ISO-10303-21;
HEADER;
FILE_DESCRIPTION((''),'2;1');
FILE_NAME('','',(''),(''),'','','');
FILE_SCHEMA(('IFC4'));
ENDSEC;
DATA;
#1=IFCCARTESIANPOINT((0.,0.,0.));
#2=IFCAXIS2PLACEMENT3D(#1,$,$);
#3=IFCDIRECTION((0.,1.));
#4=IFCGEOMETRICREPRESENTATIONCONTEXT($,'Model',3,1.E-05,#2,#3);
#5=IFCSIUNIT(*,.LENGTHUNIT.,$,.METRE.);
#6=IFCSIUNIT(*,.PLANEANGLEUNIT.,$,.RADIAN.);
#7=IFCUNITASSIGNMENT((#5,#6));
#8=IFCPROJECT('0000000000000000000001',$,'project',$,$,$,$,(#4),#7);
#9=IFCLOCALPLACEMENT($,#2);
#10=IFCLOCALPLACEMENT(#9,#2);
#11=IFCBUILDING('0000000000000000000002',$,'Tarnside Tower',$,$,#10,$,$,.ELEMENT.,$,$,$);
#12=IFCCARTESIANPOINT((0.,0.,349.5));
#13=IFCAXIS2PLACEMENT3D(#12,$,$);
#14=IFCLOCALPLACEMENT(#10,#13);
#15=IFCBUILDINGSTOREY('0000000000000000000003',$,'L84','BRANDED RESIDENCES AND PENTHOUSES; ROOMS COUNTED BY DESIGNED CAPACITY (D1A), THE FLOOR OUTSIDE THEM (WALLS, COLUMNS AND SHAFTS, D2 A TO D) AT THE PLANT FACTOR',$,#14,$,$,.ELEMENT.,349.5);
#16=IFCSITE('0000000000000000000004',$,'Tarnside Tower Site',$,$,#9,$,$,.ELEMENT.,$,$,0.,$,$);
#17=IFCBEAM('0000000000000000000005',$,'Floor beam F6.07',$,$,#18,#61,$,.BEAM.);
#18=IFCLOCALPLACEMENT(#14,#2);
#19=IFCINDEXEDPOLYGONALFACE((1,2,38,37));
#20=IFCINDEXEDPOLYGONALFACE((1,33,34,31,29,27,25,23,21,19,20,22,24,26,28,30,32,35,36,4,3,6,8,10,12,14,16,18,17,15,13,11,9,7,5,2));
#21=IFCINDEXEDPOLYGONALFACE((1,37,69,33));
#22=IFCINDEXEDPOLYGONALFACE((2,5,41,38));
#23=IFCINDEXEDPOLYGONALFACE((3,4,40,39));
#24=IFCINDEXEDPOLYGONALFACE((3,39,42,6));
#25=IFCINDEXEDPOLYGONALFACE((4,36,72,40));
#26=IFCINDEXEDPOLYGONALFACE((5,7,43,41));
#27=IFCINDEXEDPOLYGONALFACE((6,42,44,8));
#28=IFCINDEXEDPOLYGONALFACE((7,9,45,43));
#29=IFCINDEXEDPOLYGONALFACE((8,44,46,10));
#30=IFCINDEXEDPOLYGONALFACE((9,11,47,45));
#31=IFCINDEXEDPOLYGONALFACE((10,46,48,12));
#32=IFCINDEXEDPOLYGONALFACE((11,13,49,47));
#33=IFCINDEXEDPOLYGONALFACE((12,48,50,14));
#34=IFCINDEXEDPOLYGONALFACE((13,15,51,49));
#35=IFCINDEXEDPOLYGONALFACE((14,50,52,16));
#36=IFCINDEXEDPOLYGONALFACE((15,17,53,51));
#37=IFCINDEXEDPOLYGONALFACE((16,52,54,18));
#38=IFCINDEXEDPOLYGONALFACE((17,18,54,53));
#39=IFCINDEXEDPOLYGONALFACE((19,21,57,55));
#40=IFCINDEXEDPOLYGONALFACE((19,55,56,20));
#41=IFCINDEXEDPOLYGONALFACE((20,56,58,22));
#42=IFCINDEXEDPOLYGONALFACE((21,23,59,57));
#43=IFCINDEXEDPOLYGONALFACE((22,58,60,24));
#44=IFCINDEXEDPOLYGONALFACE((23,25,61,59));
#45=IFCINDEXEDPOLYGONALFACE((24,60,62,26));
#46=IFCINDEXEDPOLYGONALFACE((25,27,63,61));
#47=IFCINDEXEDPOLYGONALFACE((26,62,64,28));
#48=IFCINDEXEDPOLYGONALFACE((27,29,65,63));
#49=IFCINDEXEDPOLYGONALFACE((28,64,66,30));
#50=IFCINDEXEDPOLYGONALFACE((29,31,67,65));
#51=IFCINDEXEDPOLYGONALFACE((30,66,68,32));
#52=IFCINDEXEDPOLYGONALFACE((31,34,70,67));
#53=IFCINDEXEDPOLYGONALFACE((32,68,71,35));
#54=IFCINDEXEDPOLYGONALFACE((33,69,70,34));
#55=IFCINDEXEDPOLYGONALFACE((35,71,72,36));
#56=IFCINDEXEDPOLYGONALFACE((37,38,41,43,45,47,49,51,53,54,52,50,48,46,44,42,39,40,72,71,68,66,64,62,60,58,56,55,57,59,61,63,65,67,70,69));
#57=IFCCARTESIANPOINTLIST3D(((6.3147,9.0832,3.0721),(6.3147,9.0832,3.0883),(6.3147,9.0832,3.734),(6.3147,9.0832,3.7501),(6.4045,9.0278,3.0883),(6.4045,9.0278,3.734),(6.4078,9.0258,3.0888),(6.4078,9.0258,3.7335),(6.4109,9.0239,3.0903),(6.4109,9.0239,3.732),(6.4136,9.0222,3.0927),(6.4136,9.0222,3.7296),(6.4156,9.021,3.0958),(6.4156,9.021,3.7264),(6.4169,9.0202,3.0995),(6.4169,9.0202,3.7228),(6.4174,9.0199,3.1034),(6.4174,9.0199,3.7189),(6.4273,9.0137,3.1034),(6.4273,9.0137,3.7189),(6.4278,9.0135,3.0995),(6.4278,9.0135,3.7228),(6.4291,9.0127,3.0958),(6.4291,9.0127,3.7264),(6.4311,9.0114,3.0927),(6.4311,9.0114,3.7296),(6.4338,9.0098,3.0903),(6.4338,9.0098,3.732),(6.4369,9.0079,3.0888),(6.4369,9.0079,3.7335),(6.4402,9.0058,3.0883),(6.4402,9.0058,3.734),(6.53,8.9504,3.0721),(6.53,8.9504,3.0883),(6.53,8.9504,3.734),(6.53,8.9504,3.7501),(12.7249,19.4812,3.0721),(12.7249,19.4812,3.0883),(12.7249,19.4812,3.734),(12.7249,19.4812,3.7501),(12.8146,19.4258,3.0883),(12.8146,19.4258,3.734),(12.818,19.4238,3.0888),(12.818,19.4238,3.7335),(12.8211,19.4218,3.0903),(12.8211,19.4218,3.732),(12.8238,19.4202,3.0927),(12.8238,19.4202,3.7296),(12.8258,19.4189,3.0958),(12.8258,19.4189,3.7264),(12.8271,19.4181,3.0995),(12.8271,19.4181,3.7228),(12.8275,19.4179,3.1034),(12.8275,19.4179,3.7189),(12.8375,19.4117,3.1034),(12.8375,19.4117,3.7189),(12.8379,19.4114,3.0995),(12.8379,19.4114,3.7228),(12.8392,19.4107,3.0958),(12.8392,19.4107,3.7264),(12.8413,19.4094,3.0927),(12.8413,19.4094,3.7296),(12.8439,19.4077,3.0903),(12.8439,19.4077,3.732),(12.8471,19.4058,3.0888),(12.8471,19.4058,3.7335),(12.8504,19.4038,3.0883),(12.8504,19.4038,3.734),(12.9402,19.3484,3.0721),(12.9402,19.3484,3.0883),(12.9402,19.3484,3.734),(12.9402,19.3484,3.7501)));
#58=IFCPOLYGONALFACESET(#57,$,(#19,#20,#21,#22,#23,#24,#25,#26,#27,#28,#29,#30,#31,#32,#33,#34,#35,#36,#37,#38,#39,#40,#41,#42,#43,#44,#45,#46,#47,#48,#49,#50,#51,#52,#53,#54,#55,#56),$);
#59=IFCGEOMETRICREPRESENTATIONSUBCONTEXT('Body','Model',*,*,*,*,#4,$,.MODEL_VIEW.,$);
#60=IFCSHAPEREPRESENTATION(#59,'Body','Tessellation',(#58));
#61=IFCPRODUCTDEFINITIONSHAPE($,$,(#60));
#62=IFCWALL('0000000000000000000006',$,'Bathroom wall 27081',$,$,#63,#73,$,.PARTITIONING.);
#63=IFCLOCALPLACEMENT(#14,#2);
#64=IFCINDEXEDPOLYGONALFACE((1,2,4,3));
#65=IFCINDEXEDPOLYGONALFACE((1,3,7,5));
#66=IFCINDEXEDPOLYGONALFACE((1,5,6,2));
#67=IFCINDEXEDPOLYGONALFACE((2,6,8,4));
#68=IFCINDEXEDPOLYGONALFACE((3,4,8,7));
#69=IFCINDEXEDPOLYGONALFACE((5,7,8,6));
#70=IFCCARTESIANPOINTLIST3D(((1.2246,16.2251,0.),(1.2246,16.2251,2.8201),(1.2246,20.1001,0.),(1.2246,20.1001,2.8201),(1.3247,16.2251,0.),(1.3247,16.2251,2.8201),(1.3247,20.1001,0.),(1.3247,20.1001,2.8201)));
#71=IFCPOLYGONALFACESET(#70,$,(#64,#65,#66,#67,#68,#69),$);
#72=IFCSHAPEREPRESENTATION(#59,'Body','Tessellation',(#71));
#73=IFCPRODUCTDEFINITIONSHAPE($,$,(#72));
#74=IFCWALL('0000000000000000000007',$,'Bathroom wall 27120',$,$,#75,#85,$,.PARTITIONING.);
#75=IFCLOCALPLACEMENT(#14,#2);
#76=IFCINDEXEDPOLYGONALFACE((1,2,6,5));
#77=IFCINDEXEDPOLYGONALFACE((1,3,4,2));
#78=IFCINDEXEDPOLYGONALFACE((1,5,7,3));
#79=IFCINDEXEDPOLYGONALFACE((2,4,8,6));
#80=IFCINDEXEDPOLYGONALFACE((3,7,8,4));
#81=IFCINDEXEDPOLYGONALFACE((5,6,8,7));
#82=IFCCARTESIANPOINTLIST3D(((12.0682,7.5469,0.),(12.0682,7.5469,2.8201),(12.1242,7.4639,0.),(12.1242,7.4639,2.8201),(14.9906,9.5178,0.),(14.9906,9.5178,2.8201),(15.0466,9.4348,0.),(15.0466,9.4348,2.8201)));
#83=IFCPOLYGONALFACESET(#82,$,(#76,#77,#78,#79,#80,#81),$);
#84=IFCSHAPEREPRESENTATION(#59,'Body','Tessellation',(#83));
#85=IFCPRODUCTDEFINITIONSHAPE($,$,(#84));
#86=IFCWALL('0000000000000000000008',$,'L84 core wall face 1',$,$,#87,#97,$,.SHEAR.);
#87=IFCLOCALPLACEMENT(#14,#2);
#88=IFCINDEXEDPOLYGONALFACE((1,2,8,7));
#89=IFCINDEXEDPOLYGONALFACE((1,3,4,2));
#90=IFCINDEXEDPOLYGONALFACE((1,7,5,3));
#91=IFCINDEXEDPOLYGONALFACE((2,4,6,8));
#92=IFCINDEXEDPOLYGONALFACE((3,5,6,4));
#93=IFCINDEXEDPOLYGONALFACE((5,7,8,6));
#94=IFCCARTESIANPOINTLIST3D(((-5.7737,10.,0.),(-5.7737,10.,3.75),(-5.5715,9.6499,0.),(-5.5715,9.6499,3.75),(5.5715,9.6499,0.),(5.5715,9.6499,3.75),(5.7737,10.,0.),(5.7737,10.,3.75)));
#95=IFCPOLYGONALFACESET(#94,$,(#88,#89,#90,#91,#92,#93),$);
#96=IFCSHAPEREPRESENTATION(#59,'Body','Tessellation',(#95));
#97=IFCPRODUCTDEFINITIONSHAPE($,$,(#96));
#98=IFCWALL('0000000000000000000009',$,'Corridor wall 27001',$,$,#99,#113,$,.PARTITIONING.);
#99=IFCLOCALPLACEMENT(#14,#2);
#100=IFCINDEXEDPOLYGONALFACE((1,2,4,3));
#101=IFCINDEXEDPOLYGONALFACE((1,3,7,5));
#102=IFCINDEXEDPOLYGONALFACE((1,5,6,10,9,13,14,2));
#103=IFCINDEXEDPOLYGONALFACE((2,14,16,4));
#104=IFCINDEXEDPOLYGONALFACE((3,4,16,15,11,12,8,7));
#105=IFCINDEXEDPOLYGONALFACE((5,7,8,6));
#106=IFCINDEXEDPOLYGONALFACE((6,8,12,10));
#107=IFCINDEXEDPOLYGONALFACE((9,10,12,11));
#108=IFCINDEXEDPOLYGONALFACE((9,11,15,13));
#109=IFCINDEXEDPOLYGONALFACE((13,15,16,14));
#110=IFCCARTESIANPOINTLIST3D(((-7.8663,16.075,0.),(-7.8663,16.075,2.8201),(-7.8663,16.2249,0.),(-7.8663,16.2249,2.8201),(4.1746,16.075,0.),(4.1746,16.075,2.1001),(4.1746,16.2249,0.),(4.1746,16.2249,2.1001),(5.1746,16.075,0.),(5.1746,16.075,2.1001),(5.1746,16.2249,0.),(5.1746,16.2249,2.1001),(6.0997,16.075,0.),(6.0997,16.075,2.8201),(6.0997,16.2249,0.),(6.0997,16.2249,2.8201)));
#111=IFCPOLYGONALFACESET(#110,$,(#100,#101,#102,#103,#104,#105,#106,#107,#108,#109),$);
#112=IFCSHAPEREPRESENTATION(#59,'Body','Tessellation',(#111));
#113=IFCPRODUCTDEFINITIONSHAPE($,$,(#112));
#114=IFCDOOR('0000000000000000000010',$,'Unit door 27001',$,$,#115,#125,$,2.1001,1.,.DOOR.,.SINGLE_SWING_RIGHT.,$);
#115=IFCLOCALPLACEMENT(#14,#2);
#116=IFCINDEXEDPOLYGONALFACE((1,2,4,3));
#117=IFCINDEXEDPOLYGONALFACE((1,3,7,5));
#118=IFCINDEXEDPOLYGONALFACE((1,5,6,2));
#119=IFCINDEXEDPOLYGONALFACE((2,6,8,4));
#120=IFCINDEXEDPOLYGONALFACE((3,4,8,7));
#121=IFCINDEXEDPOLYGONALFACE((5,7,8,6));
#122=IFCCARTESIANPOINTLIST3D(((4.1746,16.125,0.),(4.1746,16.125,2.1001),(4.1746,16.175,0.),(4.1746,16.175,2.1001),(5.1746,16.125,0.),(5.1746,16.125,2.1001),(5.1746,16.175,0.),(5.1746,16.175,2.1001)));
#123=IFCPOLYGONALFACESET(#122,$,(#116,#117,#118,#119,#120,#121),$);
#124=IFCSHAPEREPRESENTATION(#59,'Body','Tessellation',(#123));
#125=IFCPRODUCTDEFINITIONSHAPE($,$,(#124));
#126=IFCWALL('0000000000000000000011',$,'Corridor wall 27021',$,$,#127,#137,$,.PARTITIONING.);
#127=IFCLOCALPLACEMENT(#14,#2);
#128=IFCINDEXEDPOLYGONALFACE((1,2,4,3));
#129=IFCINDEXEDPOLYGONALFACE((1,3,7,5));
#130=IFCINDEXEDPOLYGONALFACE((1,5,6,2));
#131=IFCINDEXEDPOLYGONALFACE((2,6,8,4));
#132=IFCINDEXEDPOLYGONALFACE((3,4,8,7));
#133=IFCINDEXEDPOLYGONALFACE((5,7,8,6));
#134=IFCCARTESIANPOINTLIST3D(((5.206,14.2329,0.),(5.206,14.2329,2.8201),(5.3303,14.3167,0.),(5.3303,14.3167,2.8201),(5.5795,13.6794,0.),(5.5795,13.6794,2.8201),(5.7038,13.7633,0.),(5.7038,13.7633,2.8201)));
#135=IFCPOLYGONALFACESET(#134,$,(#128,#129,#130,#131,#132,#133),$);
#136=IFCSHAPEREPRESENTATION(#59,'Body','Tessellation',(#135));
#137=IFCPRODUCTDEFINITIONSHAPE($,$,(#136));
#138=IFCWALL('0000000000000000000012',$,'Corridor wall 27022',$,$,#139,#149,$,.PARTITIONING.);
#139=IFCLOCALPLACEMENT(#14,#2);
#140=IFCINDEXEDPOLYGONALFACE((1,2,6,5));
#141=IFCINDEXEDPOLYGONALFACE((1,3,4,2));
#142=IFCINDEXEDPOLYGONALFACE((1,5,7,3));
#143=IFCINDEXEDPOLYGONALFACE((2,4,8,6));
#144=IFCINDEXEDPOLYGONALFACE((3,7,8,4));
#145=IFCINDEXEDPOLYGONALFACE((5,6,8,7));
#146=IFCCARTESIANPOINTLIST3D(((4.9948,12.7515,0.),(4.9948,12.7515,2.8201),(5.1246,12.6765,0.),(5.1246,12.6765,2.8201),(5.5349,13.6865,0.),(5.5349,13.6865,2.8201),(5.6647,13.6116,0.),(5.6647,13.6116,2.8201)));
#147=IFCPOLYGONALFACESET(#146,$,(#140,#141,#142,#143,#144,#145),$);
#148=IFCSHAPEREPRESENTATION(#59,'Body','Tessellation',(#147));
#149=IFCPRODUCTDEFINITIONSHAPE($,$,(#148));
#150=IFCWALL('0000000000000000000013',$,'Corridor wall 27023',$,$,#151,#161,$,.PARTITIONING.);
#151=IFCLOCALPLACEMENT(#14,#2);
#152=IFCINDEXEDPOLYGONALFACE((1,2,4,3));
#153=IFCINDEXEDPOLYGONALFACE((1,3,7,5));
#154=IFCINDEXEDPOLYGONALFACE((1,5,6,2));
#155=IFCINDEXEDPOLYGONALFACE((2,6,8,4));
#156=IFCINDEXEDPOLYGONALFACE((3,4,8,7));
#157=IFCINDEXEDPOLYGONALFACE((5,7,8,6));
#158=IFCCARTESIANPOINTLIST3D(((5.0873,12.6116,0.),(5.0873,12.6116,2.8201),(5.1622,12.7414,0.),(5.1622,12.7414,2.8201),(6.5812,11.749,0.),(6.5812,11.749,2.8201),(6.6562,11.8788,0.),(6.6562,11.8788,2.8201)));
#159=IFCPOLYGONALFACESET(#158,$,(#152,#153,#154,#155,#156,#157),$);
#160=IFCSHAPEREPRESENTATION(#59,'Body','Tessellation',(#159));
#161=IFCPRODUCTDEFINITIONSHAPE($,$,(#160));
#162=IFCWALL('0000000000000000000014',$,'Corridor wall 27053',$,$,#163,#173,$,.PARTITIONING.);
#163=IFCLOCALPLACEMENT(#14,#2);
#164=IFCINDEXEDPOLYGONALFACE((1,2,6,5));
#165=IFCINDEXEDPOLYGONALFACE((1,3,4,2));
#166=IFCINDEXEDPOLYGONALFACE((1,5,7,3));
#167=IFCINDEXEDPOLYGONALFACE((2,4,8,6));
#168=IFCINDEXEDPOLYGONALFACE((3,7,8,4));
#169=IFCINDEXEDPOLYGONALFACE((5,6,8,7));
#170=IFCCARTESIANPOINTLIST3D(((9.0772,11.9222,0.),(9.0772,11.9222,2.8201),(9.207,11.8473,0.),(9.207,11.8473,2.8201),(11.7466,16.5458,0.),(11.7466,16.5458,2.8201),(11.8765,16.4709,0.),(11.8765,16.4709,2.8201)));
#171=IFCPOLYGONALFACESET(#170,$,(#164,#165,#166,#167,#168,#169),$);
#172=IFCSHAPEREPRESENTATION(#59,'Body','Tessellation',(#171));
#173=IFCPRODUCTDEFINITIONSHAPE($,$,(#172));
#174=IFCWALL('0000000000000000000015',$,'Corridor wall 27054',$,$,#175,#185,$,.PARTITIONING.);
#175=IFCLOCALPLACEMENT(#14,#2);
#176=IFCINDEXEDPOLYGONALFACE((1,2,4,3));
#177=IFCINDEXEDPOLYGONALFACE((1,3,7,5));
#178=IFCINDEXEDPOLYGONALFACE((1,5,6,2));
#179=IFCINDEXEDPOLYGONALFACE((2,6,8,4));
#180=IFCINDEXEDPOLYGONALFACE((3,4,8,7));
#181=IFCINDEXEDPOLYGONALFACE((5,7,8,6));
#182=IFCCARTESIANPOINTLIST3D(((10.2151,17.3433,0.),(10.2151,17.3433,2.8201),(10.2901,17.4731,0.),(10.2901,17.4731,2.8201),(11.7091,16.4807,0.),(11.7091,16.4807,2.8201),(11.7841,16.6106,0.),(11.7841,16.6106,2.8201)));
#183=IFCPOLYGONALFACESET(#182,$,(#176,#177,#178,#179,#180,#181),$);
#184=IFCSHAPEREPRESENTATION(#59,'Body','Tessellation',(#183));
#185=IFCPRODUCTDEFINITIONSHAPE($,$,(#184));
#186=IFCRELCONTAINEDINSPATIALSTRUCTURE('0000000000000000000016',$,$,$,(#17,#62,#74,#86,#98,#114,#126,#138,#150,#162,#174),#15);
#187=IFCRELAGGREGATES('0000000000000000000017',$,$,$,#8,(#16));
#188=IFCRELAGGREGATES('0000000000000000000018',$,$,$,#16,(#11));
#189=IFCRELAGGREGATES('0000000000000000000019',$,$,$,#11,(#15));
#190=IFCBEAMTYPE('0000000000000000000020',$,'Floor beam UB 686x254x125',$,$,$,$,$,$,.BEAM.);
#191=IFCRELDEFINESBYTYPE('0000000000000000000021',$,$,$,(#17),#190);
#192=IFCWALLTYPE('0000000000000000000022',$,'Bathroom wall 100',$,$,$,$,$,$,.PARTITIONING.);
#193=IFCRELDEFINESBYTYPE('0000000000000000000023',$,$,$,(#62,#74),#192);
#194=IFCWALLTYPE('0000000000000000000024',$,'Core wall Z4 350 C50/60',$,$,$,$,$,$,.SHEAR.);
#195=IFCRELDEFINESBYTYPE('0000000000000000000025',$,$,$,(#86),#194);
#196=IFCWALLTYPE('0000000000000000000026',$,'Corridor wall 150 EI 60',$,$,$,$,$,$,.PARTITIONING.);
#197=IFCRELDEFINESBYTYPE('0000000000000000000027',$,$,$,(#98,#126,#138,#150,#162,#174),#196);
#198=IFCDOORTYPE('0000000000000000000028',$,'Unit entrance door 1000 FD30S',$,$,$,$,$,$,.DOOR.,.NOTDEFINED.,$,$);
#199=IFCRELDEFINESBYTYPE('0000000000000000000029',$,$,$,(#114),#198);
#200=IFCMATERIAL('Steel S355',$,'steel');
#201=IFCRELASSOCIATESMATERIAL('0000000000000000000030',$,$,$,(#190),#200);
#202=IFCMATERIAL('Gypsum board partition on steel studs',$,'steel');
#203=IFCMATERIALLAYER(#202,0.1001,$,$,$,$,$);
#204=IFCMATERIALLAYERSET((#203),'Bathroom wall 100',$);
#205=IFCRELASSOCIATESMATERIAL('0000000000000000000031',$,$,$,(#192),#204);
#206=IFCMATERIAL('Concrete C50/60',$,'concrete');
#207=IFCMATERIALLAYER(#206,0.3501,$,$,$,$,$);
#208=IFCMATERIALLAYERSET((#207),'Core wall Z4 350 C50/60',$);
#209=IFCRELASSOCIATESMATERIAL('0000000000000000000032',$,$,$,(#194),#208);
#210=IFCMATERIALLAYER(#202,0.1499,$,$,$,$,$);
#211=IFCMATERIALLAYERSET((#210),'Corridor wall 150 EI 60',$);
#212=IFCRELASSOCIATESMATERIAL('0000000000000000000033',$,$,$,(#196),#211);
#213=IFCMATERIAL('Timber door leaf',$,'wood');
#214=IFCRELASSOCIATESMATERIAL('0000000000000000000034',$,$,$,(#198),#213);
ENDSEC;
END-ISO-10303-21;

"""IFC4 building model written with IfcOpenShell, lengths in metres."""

from ifc_helpers import new_model, si_unit, direction, frame, frame_2d, origin, origin_2d, place, context, subcontext, project, spatial, polyline, rectangle, i_section, outline, extrude, material, layer, layer_set, material_profile, profile_set, type_object, element, fill, save


model = new_model("IFC4")

# Units and contexts
model_context = context("Model", 3, precision=1e-05, world=origin(), true_north=direction((0.0, 1.0)))
body_context = subcontext(model_context, "Body", "Model", "MODEL_VIEW")
ifc_project = project(units=[si_unit("LENGTHUNIT", "METRE"), si_unit("PLANEANGLEUNIT", "RADIAN")], contexts=[model_context])

# Site, building, storey
site_placement = place(None, origin())
site = spatial("IfcSite", under=ifc_project, at=site_placement, Name="Tarnside Tower Site", CompositionType="ELEMENT", RefElevation=0.0)
building_placement = place(site_placement, origin())
building = spatial("IfcBuilding", under=site, at=building_placement, Name="Tarnside Tower", CompositionType="ELEMENT")
storey_placement = place(building_placement, frame((0.0, 0.0, 349.5)))
storey = spatial("IfcBuildingStorey", under=building, at=storey_placement, Name="L84", Description="BRANDED RESIDENCES AND PENTHOUSES; ROOMS COUNTED BY DESIGNED CAPACITY (D1A), THE FLOOR OUTSIDE THEM (WALLS, COLUMNS AND SHAFTS, D2 A TO D) AT THE PLANT FACTOR", CompositionType="ELEMENT", Elevation=349.5)

# Beam
ifc_material_1 = material(Name="Steel S355", Category="steel")
ifc_material_profile = material_profile(ifc_material_1, i_section(OverallWidth=0.2529, OverallDepth=0.678, WebThickness=0.0117, FlangeThickness=0.0161, FilletRadius=0.0151, at=origin_2d()), Name="UB 686x254x125")
ifc_profile_set = profile_set([ifc_material_profile], Name="Steel S355")
beam_type = type_object("IfcBeamType", Name="Floor beam UB 686x254x125", PredefinedType="BEAM", material=ifc_profile_set)
beam_placement = place(storey_placement, frame((12.8325, 19.4148, 3.4111), z_axis=(-0.524775, -0.851241, 0.0), x_axis=(0.851241, -0.524775, 0.0)))
element("IfcBeam", 1, at=beam_placement, inside=storey, type_object=beam_type, Name="Floor beam F6.07", PredefinedType="BEAM", context=body_context, shape_type="SweptSolid", body=[
    extrude(i_section(OverallWidth=0.2529, OverallDepth=0.678, WebThickness=0.0117, FlangeThickness=0.0161, FilletRadius=0.0151, at=origin_2d()), origin(), (0.0, 0.0, 1.0), 12.2151),
])

# Walls
ifc_material_2 = material(Name="Gypsum board partition on steel studs", Category="steel")
ifc_layer_1 = layer(ifc_material_2, 0.1001)
ifc_layer_set_1 = layer_set([ifc_layer_1], Name="Bathroom wall 100")
wall_type_1 = type_object("IfcWallType", Name="Bathroom wall 100", PredefinedType="PARTITIONING", material=ifc_layer_set_1)
wall_1_placement = place(storey_placement, frame((1.2747, 20.1001, 0.0), z_axis=(0.0, 0.0, 1.0), x_axis=(0.0, -1.0, 0.0)))
element("IfcWall", 2, at=wall_1_placement, inside=storey, type_object=wall_type_1, Name="Bathroom wall 27081", PredefinedType="PARTITIONING", context=body_context, shape_type="SweptSolid", body=[
    extrude(rectangle(XDim=3.875, YDim=0.1001, at=frame_2d((1.9375, 0.0))), origin(), (0.0, 0.0, 1.0), 2.8201),
])
wall_2_placement = place(storey_placement, frame((12.0962, 7.5054, 0.0), z_axis=(0.0, 0.0, 1.0), x_axis=(0.829065, 0.559152, 0.0)))
element("IfcWall", 3, at=wall_2_placement, inside=storey, type_object=wall_type_1, Name="Bathroom wall 27120", PredefinedType="PARTITIONING", context=body_context, shape_type="SweptSolid", body=[
    extrude(rectangle(XDim=3.5249, YDim=0.1001, at=frame_2d((1.7625, 0.0))), origin(), (0.0, 0.0, 1.0), 2.8201),
])
ifc_material_3 = material(Name="Concrete C50/60", Category="concrete")
ifc_layer_2 = layer(ifc_material_3, 0.3501)
ifc_layer_set_2 = layer_set([ifc_layer_2], Name="Core wall Z4 350 C50/60")
wall_type_2 = type_object("IfcWallType", Name="Core wall Z4 350 C50/60", PredefinedType="SHEAR", material=ifc_layer_set_2)
wall_3_placement = place(storey_placement, frame((5.6726, 9.825, 0.0), z_axis=(0.0, 0.0, 1.0), x_axis=(-1.0, 0.0, 0.0)))
element("IfcWall", 4, at=wall_3_placement, inside=storey, type_object=wall_type_2, Name="L84 core wall face 1", PredefinedType="SHEAR", context=body_context, shape_type="SweptSolid", body=[
    extrude(outline(polyline([(-0.1011, -0.175), (11.4463, -0.175), (11.2441, 0.175), (0.1011, 0.175), (-0.1011, -0.175)])), origin(), (0.0, 0.0, 1.0), 3.75),
])

# Wall, opening, door
ifc_layer_3 = layer(ifc_material_2, 0.1499)
ifc_layer_set_3 = layer_set([ifc_layer_3], Name="Corridor wall 150 EI 60")
wall_type_3 = type_object("IfcWallType", Name="Corridor wall 150 EI 60", PredefinedType="PARTITIONING", material=ifc_layer_set_3)
wall_4_placement = place(storey_placement, frame((6.0996, 16.1499, 0.0), z_axis=(0.0, 0.0, 1.0), x_axis=(-1.0, 0.0, 0.0)))
wall_4 = element("IfcWall", 5, at=wall_4_placement, inside=storey, type_object=wall_type_3, Name="Corridor wall 27001", PredefinedType="PARTITIONING", context=body_context, shape_type="SweptSolid", body=[
    extrude(rectangle(XDim=13.9661, YDim=0.1499, at=frame_2d((6.9829, 0.0))), origin(), (0.0, 0.0, 1.0), 2.8201),
])
opening_1_placement = place(wall_4_placement, frame((0.925, 0.0, 0.0)))
opening_1 = element("IfcOpeningElement", 6, at=opening_1_placement, cuts=wall_4, PredefinedType="OPENING", context=body_context, shape_type="SweptSolid", body=[
    extrude(rectangle(XDim=1.0, YDim=2.1001, at=frame_2d((0.5, 1.05))), frame((0.0, 0.085, 0.0), z_axis=(0.0, -1.0, 0.0), x_axis=(1.0, 0.0, 0.0)), (0.0, 0.0, 1.0), 0.1699),
])
ifc_material_4 = material(Name="Timber door leaf", Category="wood")
door_type_1 = type_object("IfcDoorType", Name="Unit entrance door 1000 FD30S", OperationType="NOTDEFINED", PredefinedType="DOOR", material=ifc_material_4)
door_1_placement = place(opening_1_placement, origin())
door_1 = element("IfcDoor", 7, at=door_1_placement, inside=storey, type_object=door_type_1, Name="Unit door 27001", OperationType="SINGLE_SWING_RIGHT", OverallHeight=2.1001, OverallWidth=1.0, PredefinedType="DOOR", context=body_context, shape_type="SweptSolid", body=[
    extrude(rectangle(XDim=1.0, YDim=2.1001, at=frame_2d((0.5, 1.05))), frame((0.0, 0.0249, 0.0), z_axis=(0.0, -1.0, 0.0), x_axis=(1.0, 0.0, 0.0)), (0.0, 0.0, 1.0), 0.05),
])
fill(opening_1, door_1)

# Walls
wall_5_placement = place(storey_placement, frame((5.2681, 14.2749, 0.0), z_axis=(0.0, 0.0, 1.0), x_axis=(0.559416, -0.828887, 0.0)))
element("IfcWall", 8, at=wall_5_placement, inside=storey, type_object=wall_type_3, Name="Corridor wall 27021", PredefinedType="PARTITIONING", context=body_context, shape_type="SweptSolid", body=[
    extrude(rectangle(XDim=0.6677, YDim=0.1499, at=frame_2d((0.334, 0.0))), origin(), (0.0, 0.0, 1.0), 2.8201),
])
wall_6_placement = place(storey_placement, frame((5.5999, 13.6492, 0.0), z_axis=(0.0, 0.0, 1.0), x_axis=(-0.500127, -0.865952, 0.0)))
element("IfcWall", 9, at=wall_6_placement, inside=storey, type_object=wall_type_3, Name="Corridor wall 27022", PredefinedType="PARTITIONING", context=body_context, shape_type="SweptSolid", body=[
    extrude(rectangle(XDim=1.0798, YDim=0.1499, at=frame_2d((0.54, 0.0))), origin(), (0.0, 0.0, 1.0), 2.8201),
])
wall_7_placement = place(storey_placement, frame((5.1248, 12.6765, 0.0), z_axis=(0.0, 0.0, 1.0), x_axis=(0.866014, -0.500021, 0.0)))
element("IfcWall", 10, at=wall_7_placement, inside=storey, type_object=wall_type_3, Name="Corridor wall 27023", PredefinedType="PARTITIONING", context=body_context, shape_type="SweptSolid", body=[
    extrude(rectangle(XDim=1.7251, YDim=0.1499, at=frame_2d((0.8625, 0.0))), origin(), (0.0, 0.0, 1.0), 2.8201),
])
wall_8_placement = place(storey_placement, frame((9.1421, 11.8848, 0.0), z_axis=(0.0, 0.0, 1.0), x_axis=(0.500005, 0.866023, 0.0)))
element("IfcWall", 11, at=wall_8_placement, inside=storey, type_object=wall_type_3, Name="Corridor wall 27053", PredefinedType="PARTITIONING", context=body_context, shape_type="SweptSolid", body=[
    extrude(rectangle(XDim=5.3389, YDim=0.1499, at=frame_2d((2.6694, 0.0))), origin(), (0.0, 0.0, 1.0), 2.8201),
])
wall_9_placement = place(storey_placement, frame((11.7466, 16.5457, 0.0), z_axis=(0.0, 0.0, 1.0), x_axis=(-0.866014, 0.500021, 0.0)))
element("IfcWall", 12, at=wall_9_placement, inside=storey, type_object=wall_type_3, Name="Corridor wall 27054", PredefinedType="PARTITIONING", context=body_context, shape_type="SweptSolid", body=[
    extrude(rectangle(XDim=1.7251, YDim=0.1499, at=frame_2d((0.8625, 0.0))), origin(), (0.0, 0.0, 1.0), 2.8201),
])

save(model, "model.ifc")
